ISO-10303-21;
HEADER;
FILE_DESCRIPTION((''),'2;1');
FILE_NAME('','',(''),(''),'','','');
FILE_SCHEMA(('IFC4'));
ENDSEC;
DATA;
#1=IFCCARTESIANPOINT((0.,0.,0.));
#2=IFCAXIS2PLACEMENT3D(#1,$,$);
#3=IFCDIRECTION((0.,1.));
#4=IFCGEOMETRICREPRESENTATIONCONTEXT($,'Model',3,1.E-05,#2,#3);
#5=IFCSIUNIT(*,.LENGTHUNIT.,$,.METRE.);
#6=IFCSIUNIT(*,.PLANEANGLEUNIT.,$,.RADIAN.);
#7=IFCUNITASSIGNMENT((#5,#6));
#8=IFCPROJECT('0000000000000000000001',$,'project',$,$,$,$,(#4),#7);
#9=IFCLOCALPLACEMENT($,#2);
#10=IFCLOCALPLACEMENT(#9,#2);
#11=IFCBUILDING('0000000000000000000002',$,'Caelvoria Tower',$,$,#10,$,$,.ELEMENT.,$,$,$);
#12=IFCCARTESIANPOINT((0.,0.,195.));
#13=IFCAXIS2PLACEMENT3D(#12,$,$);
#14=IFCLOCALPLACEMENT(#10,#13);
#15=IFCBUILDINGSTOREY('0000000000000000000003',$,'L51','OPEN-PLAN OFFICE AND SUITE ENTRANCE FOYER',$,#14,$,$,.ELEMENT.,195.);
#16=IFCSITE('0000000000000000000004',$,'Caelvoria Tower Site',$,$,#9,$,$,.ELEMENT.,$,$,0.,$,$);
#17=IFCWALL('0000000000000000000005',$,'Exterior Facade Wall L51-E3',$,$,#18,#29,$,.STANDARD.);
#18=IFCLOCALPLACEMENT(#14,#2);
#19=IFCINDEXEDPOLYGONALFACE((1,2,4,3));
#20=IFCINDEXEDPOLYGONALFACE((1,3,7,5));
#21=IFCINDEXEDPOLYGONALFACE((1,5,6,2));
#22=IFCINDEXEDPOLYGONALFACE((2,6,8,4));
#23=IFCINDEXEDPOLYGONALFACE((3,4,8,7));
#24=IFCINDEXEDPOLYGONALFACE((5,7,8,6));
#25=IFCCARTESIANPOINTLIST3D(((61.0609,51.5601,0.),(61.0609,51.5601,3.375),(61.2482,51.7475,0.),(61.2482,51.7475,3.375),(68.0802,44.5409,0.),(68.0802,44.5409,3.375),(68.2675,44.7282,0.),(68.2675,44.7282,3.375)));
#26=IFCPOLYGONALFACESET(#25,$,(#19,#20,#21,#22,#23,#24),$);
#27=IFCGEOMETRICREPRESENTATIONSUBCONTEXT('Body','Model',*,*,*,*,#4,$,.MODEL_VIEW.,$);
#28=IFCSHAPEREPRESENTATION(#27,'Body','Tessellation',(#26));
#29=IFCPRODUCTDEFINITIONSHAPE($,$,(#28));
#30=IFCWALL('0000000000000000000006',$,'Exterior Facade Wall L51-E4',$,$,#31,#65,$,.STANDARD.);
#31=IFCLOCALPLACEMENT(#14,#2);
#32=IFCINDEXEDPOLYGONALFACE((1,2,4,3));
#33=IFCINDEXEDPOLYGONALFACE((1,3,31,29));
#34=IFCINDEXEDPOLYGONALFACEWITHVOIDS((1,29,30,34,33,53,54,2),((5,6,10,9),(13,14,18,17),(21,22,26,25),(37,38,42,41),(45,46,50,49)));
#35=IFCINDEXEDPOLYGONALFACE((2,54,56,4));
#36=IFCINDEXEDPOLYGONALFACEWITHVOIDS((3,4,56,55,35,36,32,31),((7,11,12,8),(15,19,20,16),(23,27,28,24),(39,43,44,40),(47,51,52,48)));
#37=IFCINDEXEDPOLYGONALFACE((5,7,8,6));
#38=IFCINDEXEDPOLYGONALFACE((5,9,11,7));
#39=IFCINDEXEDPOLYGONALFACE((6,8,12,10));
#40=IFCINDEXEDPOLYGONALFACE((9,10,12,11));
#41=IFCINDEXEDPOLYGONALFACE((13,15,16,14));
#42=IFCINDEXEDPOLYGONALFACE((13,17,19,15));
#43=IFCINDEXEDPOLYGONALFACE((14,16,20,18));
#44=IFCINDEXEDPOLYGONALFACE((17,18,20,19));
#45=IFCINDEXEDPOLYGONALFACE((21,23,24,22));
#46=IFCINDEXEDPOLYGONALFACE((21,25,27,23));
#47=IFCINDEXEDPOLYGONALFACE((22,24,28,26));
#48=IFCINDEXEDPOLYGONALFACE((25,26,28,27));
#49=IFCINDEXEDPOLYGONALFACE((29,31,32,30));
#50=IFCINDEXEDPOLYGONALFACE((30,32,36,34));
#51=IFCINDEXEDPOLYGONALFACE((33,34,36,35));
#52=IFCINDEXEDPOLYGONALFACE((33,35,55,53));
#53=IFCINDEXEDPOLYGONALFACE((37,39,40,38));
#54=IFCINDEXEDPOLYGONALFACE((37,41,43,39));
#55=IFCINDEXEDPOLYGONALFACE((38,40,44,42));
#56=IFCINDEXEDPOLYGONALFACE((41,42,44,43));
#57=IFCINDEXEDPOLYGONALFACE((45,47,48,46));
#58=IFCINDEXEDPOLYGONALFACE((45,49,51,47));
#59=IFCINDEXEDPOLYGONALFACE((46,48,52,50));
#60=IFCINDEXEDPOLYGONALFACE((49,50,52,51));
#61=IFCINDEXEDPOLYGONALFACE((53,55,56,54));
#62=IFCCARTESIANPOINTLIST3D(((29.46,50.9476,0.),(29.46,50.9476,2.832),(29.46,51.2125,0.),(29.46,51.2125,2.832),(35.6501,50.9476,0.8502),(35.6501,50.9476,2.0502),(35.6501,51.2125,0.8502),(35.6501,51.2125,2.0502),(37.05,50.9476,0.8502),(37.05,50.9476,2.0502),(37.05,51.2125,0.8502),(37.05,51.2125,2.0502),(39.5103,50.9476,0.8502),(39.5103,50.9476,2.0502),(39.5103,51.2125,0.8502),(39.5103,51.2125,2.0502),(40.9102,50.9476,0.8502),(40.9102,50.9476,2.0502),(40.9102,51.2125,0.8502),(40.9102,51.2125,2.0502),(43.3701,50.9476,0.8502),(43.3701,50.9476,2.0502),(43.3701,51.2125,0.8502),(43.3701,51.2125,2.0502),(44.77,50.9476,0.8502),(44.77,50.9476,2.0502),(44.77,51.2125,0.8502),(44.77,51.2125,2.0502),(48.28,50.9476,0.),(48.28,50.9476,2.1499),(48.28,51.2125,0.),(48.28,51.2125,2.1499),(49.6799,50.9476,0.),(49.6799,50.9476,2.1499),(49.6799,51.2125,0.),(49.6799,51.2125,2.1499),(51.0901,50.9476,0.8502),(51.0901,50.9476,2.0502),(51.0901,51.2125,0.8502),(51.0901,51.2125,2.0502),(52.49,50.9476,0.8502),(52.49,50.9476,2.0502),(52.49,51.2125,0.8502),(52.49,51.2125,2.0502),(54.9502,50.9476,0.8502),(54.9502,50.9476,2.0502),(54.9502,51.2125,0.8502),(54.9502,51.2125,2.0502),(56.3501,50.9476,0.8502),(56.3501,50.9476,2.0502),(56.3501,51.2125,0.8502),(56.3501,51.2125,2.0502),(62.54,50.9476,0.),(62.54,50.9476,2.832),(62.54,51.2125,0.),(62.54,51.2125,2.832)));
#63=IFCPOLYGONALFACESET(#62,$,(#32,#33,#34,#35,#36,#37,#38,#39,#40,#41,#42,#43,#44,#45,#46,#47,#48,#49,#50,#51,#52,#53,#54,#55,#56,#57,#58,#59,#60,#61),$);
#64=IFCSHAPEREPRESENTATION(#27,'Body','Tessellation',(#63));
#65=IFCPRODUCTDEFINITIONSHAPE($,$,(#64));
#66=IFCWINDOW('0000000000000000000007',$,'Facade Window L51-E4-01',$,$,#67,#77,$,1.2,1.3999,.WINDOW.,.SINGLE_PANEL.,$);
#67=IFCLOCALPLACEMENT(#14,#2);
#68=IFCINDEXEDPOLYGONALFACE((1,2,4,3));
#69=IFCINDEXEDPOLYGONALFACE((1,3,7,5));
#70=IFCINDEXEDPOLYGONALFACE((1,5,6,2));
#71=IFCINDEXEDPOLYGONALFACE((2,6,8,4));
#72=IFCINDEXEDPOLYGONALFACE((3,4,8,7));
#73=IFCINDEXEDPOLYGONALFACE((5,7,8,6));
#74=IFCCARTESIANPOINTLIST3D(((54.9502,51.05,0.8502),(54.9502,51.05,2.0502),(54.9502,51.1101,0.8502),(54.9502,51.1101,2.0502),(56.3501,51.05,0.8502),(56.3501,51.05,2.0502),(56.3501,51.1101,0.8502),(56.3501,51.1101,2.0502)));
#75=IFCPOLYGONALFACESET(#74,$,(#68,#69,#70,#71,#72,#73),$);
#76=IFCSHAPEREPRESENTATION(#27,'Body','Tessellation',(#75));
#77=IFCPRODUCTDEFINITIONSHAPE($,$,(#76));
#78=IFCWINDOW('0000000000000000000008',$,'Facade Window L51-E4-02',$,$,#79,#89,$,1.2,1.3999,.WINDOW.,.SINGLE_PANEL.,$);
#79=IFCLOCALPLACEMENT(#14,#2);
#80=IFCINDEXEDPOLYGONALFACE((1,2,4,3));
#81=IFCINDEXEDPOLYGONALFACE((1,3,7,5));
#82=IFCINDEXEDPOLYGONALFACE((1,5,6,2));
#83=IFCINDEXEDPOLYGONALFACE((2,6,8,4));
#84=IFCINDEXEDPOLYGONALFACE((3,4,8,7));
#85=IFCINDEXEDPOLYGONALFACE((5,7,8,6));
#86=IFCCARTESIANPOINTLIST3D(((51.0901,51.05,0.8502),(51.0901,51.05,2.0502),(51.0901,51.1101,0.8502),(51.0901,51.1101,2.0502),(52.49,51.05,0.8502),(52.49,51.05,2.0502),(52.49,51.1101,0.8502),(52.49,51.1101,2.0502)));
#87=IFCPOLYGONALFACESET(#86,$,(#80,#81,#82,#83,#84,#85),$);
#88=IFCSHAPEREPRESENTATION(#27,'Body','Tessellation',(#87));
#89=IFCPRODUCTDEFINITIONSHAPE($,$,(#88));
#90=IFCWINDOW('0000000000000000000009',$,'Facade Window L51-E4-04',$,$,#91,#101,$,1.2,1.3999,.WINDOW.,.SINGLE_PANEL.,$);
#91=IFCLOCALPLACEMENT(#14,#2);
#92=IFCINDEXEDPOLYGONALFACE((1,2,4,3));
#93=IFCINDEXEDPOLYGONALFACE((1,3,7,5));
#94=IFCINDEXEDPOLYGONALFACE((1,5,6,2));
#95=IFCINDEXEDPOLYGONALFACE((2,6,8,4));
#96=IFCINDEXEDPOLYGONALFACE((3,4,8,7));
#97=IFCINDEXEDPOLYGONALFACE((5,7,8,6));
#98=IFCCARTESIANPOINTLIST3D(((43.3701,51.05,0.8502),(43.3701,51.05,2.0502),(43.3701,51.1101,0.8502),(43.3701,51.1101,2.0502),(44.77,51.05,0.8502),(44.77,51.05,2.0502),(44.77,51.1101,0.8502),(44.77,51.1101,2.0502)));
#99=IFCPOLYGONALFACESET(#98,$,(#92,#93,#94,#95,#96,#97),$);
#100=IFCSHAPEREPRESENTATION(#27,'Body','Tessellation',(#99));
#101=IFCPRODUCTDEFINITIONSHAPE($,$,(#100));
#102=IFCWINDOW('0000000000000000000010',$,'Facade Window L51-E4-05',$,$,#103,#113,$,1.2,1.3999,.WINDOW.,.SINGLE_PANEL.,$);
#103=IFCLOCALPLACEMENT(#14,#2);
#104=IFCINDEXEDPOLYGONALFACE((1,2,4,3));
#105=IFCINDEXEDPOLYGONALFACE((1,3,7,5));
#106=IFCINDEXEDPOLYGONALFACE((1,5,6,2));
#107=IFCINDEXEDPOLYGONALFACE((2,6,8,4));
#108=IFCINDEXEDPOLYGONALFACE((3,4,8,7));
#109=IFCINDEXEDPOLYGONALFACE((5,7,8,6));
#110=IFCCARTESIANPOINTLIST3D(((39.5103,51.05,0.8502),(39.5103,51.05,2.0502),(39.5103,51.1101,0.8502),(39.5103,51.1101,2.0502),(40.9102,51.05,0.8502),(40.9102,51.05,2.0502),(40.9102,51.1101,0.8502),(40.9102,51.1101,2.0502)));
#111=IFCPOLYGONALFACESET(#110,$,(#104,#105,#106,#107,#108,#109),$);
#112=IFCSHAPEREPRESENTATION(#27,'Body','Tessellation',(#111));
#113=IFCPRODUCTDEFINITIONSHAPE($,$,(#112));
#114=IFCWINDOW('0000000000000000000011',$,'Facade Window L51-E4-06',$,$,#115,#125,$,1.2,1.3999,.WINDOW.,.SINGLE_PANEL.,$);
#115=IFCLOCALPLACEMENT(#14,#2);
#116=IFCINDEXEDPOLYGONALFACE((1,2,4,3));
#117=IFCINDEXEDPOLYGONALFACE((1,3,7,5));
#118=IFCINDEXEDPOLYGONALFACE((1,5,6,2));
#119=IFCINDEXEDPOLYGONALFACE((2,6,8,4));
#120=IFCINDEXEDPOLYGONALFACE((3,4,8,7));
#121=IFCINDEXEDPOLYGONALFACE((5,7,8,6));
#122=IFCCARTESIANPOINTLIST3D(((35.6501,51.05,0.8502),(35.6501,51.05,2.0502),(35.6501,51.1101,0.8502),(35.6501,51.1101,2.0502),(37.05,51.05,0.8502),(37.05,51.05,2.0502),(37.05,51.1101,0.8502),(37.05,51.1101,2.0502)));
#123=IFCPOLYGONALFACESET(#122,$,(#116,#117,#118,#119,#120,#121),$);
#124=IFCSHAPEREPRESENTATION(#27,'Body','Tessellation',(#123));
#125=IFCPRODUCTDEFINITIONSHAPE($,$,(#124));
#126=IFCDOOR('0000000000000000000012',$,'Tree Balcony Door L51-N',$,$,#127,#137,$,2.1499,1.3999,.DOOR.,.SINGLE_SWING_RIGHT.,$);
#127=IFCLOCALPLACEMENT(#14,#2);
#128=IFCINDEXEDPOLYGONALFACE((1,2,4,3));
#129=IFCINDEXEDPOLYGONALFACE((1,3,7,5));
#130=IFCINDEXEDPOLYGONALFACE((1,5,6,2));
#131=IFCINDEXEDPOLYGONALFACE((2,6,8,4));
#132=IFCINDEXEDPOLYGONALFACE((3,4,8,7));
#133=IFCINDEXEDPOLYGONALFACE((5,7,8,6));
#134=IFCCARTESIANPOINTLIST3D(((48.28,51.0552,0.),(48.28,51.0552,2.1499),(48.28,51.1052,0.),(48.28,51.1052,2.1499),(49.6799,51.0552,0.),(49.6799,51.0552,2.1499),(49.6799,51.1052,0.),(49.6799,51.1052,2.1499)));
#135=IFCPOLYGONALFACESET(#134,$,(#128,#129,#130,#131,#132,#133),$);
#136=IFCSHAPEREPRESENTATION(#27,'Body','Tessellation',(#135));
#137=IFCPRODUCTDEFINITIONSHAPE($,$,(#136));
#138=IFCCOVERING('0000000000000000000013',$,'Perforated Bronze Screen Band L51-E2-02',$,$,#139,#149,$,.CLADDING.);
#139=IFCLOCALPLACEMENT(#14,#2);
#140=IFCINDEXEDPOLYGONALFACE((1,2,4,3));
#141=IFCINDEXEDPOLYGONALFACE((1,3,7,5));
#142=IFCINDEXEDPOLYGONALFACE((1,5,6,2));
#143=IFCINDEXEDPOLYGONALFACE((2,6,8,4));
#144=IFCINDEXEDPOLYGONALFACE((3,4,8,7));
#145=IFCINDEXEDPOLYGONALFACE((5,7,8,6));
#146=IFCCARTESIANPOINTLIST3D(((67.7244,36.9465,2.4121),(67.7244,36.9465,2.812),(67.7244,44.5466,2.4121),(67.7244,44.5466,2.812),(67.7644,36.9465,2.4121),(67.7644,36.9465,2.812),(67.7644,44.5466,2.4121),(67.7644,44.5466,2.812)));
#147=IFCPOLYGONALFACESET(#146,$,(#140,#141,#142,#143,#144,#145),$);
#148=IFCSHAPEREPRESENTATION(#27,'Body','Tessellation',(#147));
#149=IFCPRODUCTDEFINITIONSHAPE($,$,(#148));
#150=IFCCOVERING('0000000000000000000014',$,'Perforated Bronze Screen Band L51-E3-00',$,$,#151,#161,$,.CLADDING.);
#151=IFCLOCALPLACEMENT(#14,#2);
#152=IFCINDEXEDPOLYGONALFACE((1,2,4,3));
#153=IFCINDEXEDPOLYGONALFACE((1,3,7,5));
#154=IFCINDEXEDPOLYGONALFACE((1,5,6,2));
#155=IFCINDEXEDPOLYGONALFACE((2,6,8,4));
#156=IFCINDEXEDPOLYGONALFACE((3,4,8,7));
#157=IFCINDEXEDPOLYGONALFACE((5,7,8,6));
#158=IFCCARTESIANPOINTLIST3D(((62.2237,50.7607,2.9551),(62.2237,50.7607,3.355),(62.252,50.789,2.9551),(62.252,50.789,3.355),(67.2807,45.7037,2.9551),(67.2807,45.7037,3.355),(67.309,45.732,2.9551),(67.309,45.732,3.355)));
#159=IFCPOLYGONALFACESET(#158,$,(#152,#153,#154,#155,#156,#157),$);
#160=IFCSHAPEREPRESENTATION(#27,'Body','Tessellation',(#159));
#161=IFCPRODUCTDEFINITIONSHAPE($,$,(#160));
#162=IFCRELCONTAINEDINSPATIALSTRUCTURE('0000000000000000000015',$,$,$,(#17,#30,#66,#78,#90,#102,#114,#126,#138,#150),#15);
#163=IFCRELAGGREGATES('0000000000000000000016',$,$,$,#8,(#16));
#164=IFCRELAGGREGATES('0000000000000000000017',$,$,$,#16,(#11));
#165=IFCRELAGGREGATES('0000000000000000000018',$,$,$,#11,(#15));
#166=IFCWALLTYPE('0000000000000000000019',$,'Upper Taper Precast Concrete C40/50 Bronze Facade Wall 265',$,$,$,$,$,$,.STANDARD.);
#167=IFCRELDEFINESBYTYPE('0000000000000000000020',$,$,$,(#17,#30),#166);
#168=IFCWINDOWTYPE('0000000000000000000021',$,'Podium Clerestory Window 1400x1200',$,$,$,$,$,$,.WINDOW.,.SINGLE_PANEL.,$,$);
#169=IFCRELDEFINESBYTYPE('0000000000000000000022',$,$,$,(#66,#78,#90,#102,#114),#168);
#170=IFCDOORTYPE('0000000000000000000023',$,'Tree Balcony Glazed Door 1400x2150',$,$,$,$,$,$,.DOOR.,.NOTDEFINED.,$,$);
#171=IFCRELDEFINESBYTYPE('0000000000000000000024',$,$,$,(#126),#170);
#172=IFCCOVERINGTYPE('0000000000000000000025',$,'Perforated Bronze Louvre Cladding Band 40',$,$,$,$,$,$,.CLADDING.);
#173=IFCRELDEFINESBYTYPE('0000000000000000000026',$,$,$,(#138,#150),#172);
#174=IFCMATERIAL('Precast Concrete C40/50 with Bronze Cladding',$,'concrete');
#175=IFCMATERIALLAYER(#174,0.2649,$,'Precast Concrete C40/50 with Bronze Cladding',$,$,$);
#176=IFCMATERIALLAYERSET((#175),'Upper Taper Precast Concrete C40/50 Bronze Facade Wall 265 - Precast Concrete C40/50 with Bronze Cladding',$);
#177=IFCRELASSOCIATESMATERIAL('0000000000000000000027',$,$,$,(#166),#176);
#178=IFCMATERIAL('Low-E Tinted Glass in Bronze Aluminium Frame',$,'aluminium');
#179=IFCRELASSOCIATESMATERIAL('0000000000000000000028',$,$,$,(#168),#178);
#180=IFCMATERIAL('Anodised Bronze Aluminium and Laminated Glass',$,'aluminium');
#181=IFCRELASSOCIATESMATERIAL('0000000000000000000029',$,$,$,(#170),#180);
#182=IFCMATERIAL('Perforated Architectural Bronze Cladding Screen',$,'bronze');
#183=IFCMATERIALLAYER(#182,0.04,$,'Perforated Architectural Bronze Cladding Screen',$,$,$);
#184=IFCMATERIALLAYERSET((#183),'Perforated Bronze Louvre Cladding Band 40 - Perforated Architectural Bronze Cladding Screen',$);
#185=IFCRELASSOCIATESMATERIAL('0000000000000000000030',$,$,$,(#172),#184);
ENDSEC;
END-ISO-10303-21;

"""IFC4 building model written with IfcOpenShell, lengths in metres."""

from ifc_helpers import new_model, si_unit, direction, frame, frame_2d, origin, origin_2d, place, context, subcontext, project, spatial, rectangle, extrude, material, layer, layer_set, type_object, element, fill, save


model = new_model("IFC4")

# Units and contexts
model_context = context("Model", 3, precision=1e-05, world=origin(), true_north=direction((0.0, 1.0)))
body_context = subcontext(model_context, "Body", "Model", "MODEL_VIEW")
ifc_project = project(units=[si_unit("LENGTHUNIT", "METRE"), si_unit("PLANEANGLEUNIT", "RADIAN")], contexts=[model_context])

# Site, building, storey
site_placement = place(None, origin())
site = spatial("IfcSite", under=ifc_project, at=site_placement, Name="Caelvoria Tower Site", CompositionType="ELEMENT", RefElevation=0.0)
building_placement = place(site_placement, origin())
building = spatial("IfcBuilding", under=site, at=building_placement, Name="Caelvoria Tower", CompositionType="ELEMENT")
storey_placement = place(building_placement, frame((0.0, 0.0, 195.0)))
storey = spatial("IfcBuildingStorey", under=building, at=storey_placement, Name="L51", Description="OPEN-PLAN OFFICE AND SUITE ENTRANCE FOYER", CompositionType="ELEMENT", Elevation=195.0)

# Wall
ifc_material_1 = material(Name="Precast Concrete C40/50 with Bronze Cladding", Category="concrete")
ifc_layer_1 = layer(ifc_material_1, 0.2649, Name="Precast Concrete C40/50 with Bronze Cladding")
ifc_layer_set_1 = layer_set([ifc_layer_1], Name="Upper Taper Precast Concrete C40/50 Bronze Facade Wall 265 - Precast Concrete C40/50 with Bronze Cladding")
wall_type_1 = type_object("IfcWallType", Name="Upper Taper Precast Concrete C40/50 Bronze Facade Wall 265", PredefinedType="STANDARD", material=ifc_layer_set_1)
wall_1_placement = place(storey_placement, frame((68.1738, 44.6345, 0.0), z_axis=(0.0, 0.0, 1.0), x_axis=(-0.707107, 0.707107, 0.0)))
element("IfcWall", 1, at=wall_1_placement, inside=storey, type_object=wall_type_1, Name="Exterior Facade Wall L51-E3", PredefinedType="STANDARD", context=body_context, shape_type="SweptSolid", body=[
    extrude(rectangle(XDim=9.9268, YDim=0.2649, at=frame_2d((4.9634, 0.0))), origin(), (0.0, 0.0, 1.0), 3.375),
])

# Wall, openings, windows, door
wall_2_placement = place(storey_placement, frame((62.54, 51.0801, 0.0), z_axis=(0.0, 0.0, 1.0), x_axis=(-1.0, 0.0, 0.0)))
wall_2 = element("IfcWall", 2, at=wall_2_placement, inside=storey, type_object=wall_type_1, Name="Exterior Facade Wall L51-E4", PredefinedType="STANDARD", context=body_context, shape_type="SweptSolid", body=[
    extrude(rectangle(XDim=33.0801, YDim=0.2649, at=frame_2d((16.54, 0.0))), origin(), (0.0, 0.0, 1.0), 2.832),
])
opening_1_placement = place(wall_2_placement, frame((12.8601, 0.0, 0.0)))
opening_1 = element("IfcOpeningElement", 3, at=opening_1_placement, cuts=wall_2, PredefinedType="OPENING", context=body_context, shape_type="SweptSolid", body=[
    extrude(rectangle(XDim=1.3999, YDim=2.1499, at=frame_2d((0.7, 1.075))), frame((0.0, 0.1423, 0.0), z_axis=(0.0, -1.0, 0.0), x_axis=(1.0, 0.0, 0.0)), (0.0, 0.0, 1.0), 0.2849),
])
opening_2_placement = place(wall_2_placement, frame((6.1899, 0.0, 0.8501)))
opening_2 = element("IfcOpeningElement", 4, at=opening_2_placement, cuts=wall_2, PredefinedType="OPENING", context=body_context, shape_type="SweptSolid", body=[
    extrude(rectangle(XDim=1.3999, YDim=1.2, at=frame_2d((0.7, 0.6001))), frame((0.0, 0.1423, 0.0), z_axis=(0.0, -1.0, 0.0), x_axis=(1.0, 0.0, 0.0)), (0.0, 0.0, 1.0), 0.2849),
])
opening_3_placement = place(wall_2_placement, frame((10.05, 0.0, 0.8501)))
opening_3 = element("IfcOpeningElement", 5, at=opening_3_placement, cuts=wall_2, PredefinedType="OPENING", context=body_context, shape_type="SweptSolid", body=[
    extrude(rectangle(XDim=1.3999, YDim=1.2, at=frame_2d((0.7, 0.6001))), frame((0.0, 0.1423, 0.0), z_axis=(0.0, -1.0, 0.0), x_axis=(1.0, 0.0, 0.0)), (0.0, 0.0, 1.0), 0.2849),
])
opening_4_placement = place(wall_2_placement, frame((17.77, 0.0, 0.8501)))
opening_4 = element("IfcOpeningElement", 6, at=opening_4_placement, cuts=wall_2, PredefinedType="OPENING", context=body_context, shape_type="SweptSolid", body=[
    extrude(rectangle(XDim=1.3999, YDim=1.2, at=frame_2d((0.7, 0.6001))), frame((0.0, 0.1423, 0.0), z_axis=(0.0, -1.0, 0.0), x_axis=(1.0, 0.0, 0.0)), (0.0, 0.0, 1.0), 0.2849),
])
opening_5_placement = place(wall_2_placement, frame((21.6299, 0.0, 0.8501)))
opening_5 = element("IfcOpeningElement", 7, at=opening_5_placement, cuts=wall_2, PredefinedType="OPENING", context=body_context, shape_type="SweptSolid", body=[
    extrude(rectangle(XDim=1.3999, YDim=1.2, at=frame_2d((0.7, 0.6001))), frame((0.0, 0.1423, 0.0), z_axis=(0.0, -1.0, 0.0), x_axis=(1.0, 0.0, 0.0)), (0.0, 0.0, 1.0), 0.2849),
])
opening_6_placement = place(wall_2_placement, frame((25.49, 0.0, 0.8501)))
opening_6 = element("IfcOpeningElement", 8, at=opening_6_placement, cuts=wall_2, PredefinedType="OPENING", context=body_context, shape_type="SweptSolid", body=[
    extrude(rectangle(XDim=1.3999, YDim=1.2, at=frame_2d((0.7, 0.6001))), frame((0.0, 0.1423, 0.0), z_axis=(0.0, -1.0, 0.0), x_axis=(1.0, 0.0, 0.0)), (0.0, 0.0, 1.0), 0.2849),
])
ifc_material_2 = material(Name="Low-E Tinted Glass in Bronze Aluminium Frame", Category="aluminium")
window_type = type_object("IfcWindowType", Name="Podium Clerestory Window 1400x1200", PartitioningType="SINGLE_PANEL", PredefinedType="WINDOW", material=ifc_material_2)
window_1_placement = place(opening_2_placement, origin())
window_1 = element("IfcWindow", 9, at=window_1_placement, inside=storey, type_object=window_type, Name="Facade Window L51-E4-01", OverallHeight=1.2, OverallWidth=1.3999, PartitioningType="SINGLE_PANEL", PredefinedType="WINDOW", context=body_context, shape_type="SweptSolid", body=[
    extrude(rectangle(XDim=1.3999, YDim=1.2, at=frame_2d((0.7, 0.6001))), frame((0.0, 0.03, 0.0), z_axis=(0.0, -1.0, 0.0), x_axis=(1.0, 0.0, 0.0)), (0.0, 0.0, 1.0), 0.0601),
])
fill(opening_2, window_1)
window_2_placement = place(opening_3_placement, origin())
window_2 = element("IfcWindow", 10, at=window_2_placement, inside=storey, type_object=window_type, Name="Facade Window L51-E4-02", OverallHeight=1.2, OverallWidth=1.3999, PartitioningType="SINGLE_PANEL", PredefinedType="WINDOW", context=body_context, shape_type="SweptSolid", body=[
    extrude(rectangle(XDim=1.3999, YDim=1.2, at=frame_2d((0.7, 0.6001))), frame((0.0, 0.03, 0.0), z_axis=(0.0, -1.0, 0.0), x_axis=(1.0, 0.0, 0.0)), (0.0, 0.0, 1.0), 0.0601),
])
fill(opening_3, window_2)
window_3_placement = place(opening_4_placement, origin())
window_3 = element("IfcWindow", 11, at=window_3_placement, inside=storey, type_object=window_type, Name="Facade Window L51-E4-04", OverallHeight=1.2, OverallWidth=1.3999, PartitioningType="SINGLE_PANEL", PredefinedType="WINDOW", context=body_context, shape_type="SweptSolid", body=[
    extrude(rectangle(XDim=1.3999, YDim=1.2, at=frame_2d((0.7, 0.6001))), frame((0.0, 0.03, 0.0), z_axis=(0.0, -1.0, 0.0), x_axis=(1.0, 0.0, 0.0)), (0.0, 0.0, 1.0), 0.0601),
])
fill(opening_4, window_3)
window_4_placement = place(opening_5_placement, origin())
window_4 = element("IfcWindow", 12, at=window_4_placement, inside=storey, type_object=window_type, Name="Facade Window L51-E4-05", OverallHeight=1.2, OverallWidth=1.3999, PartitioningType="SINGLE_PANEL", PredefinedType="WINDOW", context=body_context, shape_type="SweptSolid", body=[
    extrude(rectangle(XDim=1.3999, YDim=1.2, at=frame_2d((0.7, 0.6001))), frame((0.0, 0.03, 0.0), z_axis=(0.0, -1.0, 0.0), x_axis=(1.0, 0.0, 0.0)), (0.0, 0.0, 1.0), 0.0601),
])
fill(opening_5, window_4)
window_5_placement = place(opening_6_placement, origin())
window_5 = element("IfcWindow", 13, at=window_5_placement, inside=storey, type_object=window_type, Name="Facade Window L51-E4-06", OverallHeight=1.2, OverallWidth=1.3999, PartitioningType="SINGLE_PANEL", PredefinedType="WINDOW", context=body_context, shape_type="SweptSolid", body=[
    extrude(rectangle(XDim=1.3999, YDim=1.2, at=frame_2d((0.7, 0.6001))), frame((0.0, 0.03, 0.0), z_axis=(0.0, -1.0, 0.0), x_axis=(1.0, 0.0, 0.0)), (0.0, 0.0, 1.0), 0.0601),
])
fill(opening_6, window_5)
ifc_material_3 = material(Name="Anodised Bronze Aluminium and Laminated Glass", Category="aluminium")
door_type = type_object("IfcDoorType", Name="Tree Balcony Glazed Door 1400x2150", OperationType="NOTDEFINED", PredefinedType="DOOR", material=ifc_material_3)
door_placement = place(opening_1_placement, origin())
door = element("IfcDoor", 14, at=door_placement, inside=storey, type_object=door_type, Name="Tree Balcony Door L51-N", OperationType="SINGLE_SWING_RIGHT", OverallHeight=2.1499, OverallWidth=1.3999, PredefinedType="DOOR", context=body_context, shape_type="SweptSolid", body=[
    extrude(rectangle(XDim=1.3999, YDim=2.1499, at=frame_2d((0.7, 1.075))), frame((0.0, 0.0249, 0.0), z_axis=(0.0, -1.0, 0.0), x_axis=(1.0, 0.0, 0.0)), (0.0, 0.0, 1.0), 0.05),
])
fill(opening_1, door)

# Coverings
ifc_material_4 = material(Name="Perforated Architectural Bronze Cladding Screen", Category="bronze")
ifc_layer_2 = layer(ifc_material_4, 0.04, Name="Perforated Architectural Bronze Cladding Screen")
ifc_layer_set_2 = layer_set([ifc_layer_2], Name="Perforated Bronze Louvre Cladding Band 40 - Perforated Architectural Bronze Cladding Screen")
covering_type = type_object("IfcCoveringType", Name="Perforated Bronze Louvre Cladding Band 40", PredefinedType="CLADDING", material=ifc_layer_set_2)
covering_1_placement = place(storey_placement, frame((67.7444, 40.7466, 2.4121), z_axis=(0.0, 0.0, 1.0), x_axis=(0.0, 1.0, 0.0)))
element("IfcCovering", 15, at=covering_1_placement, inside=storey, type_object=covering_type, Name="Perforated Bronze Screen Band L51-E2-02", PredefinedType="CLADDING", context=body_context, shape_type="SweptSolid", body=[
    extrude(rectangle(XDim=7.6001, YDim=0.04, at=origin_2d()), origin(), (0.0, 0.0, 1.0), 0.3999),
])
covering_2_placement = place(storey_placement, frame((64.7664, 48.2463, 2.9551), z_axis=(0.0, 0.0, 1.0), x_axis=(-0.707107, 0.707107, 0.0)))
element("IfcCovering", 16, at=covering_2_placement, inside=storey, type_object=covering_type, Name="Perforated Bronze Screen Band L51-E3-00", PredefinedType="CLADDING", context=body_context, shape_type="SweptSolid", body=[
    extrude(rectangle(XDim=7.1516, YDim=0.04, at=origin_2d()), origin(), (0.0, 0.0, 1.0), 0.3999),
])

save(model, "model.ifc")
